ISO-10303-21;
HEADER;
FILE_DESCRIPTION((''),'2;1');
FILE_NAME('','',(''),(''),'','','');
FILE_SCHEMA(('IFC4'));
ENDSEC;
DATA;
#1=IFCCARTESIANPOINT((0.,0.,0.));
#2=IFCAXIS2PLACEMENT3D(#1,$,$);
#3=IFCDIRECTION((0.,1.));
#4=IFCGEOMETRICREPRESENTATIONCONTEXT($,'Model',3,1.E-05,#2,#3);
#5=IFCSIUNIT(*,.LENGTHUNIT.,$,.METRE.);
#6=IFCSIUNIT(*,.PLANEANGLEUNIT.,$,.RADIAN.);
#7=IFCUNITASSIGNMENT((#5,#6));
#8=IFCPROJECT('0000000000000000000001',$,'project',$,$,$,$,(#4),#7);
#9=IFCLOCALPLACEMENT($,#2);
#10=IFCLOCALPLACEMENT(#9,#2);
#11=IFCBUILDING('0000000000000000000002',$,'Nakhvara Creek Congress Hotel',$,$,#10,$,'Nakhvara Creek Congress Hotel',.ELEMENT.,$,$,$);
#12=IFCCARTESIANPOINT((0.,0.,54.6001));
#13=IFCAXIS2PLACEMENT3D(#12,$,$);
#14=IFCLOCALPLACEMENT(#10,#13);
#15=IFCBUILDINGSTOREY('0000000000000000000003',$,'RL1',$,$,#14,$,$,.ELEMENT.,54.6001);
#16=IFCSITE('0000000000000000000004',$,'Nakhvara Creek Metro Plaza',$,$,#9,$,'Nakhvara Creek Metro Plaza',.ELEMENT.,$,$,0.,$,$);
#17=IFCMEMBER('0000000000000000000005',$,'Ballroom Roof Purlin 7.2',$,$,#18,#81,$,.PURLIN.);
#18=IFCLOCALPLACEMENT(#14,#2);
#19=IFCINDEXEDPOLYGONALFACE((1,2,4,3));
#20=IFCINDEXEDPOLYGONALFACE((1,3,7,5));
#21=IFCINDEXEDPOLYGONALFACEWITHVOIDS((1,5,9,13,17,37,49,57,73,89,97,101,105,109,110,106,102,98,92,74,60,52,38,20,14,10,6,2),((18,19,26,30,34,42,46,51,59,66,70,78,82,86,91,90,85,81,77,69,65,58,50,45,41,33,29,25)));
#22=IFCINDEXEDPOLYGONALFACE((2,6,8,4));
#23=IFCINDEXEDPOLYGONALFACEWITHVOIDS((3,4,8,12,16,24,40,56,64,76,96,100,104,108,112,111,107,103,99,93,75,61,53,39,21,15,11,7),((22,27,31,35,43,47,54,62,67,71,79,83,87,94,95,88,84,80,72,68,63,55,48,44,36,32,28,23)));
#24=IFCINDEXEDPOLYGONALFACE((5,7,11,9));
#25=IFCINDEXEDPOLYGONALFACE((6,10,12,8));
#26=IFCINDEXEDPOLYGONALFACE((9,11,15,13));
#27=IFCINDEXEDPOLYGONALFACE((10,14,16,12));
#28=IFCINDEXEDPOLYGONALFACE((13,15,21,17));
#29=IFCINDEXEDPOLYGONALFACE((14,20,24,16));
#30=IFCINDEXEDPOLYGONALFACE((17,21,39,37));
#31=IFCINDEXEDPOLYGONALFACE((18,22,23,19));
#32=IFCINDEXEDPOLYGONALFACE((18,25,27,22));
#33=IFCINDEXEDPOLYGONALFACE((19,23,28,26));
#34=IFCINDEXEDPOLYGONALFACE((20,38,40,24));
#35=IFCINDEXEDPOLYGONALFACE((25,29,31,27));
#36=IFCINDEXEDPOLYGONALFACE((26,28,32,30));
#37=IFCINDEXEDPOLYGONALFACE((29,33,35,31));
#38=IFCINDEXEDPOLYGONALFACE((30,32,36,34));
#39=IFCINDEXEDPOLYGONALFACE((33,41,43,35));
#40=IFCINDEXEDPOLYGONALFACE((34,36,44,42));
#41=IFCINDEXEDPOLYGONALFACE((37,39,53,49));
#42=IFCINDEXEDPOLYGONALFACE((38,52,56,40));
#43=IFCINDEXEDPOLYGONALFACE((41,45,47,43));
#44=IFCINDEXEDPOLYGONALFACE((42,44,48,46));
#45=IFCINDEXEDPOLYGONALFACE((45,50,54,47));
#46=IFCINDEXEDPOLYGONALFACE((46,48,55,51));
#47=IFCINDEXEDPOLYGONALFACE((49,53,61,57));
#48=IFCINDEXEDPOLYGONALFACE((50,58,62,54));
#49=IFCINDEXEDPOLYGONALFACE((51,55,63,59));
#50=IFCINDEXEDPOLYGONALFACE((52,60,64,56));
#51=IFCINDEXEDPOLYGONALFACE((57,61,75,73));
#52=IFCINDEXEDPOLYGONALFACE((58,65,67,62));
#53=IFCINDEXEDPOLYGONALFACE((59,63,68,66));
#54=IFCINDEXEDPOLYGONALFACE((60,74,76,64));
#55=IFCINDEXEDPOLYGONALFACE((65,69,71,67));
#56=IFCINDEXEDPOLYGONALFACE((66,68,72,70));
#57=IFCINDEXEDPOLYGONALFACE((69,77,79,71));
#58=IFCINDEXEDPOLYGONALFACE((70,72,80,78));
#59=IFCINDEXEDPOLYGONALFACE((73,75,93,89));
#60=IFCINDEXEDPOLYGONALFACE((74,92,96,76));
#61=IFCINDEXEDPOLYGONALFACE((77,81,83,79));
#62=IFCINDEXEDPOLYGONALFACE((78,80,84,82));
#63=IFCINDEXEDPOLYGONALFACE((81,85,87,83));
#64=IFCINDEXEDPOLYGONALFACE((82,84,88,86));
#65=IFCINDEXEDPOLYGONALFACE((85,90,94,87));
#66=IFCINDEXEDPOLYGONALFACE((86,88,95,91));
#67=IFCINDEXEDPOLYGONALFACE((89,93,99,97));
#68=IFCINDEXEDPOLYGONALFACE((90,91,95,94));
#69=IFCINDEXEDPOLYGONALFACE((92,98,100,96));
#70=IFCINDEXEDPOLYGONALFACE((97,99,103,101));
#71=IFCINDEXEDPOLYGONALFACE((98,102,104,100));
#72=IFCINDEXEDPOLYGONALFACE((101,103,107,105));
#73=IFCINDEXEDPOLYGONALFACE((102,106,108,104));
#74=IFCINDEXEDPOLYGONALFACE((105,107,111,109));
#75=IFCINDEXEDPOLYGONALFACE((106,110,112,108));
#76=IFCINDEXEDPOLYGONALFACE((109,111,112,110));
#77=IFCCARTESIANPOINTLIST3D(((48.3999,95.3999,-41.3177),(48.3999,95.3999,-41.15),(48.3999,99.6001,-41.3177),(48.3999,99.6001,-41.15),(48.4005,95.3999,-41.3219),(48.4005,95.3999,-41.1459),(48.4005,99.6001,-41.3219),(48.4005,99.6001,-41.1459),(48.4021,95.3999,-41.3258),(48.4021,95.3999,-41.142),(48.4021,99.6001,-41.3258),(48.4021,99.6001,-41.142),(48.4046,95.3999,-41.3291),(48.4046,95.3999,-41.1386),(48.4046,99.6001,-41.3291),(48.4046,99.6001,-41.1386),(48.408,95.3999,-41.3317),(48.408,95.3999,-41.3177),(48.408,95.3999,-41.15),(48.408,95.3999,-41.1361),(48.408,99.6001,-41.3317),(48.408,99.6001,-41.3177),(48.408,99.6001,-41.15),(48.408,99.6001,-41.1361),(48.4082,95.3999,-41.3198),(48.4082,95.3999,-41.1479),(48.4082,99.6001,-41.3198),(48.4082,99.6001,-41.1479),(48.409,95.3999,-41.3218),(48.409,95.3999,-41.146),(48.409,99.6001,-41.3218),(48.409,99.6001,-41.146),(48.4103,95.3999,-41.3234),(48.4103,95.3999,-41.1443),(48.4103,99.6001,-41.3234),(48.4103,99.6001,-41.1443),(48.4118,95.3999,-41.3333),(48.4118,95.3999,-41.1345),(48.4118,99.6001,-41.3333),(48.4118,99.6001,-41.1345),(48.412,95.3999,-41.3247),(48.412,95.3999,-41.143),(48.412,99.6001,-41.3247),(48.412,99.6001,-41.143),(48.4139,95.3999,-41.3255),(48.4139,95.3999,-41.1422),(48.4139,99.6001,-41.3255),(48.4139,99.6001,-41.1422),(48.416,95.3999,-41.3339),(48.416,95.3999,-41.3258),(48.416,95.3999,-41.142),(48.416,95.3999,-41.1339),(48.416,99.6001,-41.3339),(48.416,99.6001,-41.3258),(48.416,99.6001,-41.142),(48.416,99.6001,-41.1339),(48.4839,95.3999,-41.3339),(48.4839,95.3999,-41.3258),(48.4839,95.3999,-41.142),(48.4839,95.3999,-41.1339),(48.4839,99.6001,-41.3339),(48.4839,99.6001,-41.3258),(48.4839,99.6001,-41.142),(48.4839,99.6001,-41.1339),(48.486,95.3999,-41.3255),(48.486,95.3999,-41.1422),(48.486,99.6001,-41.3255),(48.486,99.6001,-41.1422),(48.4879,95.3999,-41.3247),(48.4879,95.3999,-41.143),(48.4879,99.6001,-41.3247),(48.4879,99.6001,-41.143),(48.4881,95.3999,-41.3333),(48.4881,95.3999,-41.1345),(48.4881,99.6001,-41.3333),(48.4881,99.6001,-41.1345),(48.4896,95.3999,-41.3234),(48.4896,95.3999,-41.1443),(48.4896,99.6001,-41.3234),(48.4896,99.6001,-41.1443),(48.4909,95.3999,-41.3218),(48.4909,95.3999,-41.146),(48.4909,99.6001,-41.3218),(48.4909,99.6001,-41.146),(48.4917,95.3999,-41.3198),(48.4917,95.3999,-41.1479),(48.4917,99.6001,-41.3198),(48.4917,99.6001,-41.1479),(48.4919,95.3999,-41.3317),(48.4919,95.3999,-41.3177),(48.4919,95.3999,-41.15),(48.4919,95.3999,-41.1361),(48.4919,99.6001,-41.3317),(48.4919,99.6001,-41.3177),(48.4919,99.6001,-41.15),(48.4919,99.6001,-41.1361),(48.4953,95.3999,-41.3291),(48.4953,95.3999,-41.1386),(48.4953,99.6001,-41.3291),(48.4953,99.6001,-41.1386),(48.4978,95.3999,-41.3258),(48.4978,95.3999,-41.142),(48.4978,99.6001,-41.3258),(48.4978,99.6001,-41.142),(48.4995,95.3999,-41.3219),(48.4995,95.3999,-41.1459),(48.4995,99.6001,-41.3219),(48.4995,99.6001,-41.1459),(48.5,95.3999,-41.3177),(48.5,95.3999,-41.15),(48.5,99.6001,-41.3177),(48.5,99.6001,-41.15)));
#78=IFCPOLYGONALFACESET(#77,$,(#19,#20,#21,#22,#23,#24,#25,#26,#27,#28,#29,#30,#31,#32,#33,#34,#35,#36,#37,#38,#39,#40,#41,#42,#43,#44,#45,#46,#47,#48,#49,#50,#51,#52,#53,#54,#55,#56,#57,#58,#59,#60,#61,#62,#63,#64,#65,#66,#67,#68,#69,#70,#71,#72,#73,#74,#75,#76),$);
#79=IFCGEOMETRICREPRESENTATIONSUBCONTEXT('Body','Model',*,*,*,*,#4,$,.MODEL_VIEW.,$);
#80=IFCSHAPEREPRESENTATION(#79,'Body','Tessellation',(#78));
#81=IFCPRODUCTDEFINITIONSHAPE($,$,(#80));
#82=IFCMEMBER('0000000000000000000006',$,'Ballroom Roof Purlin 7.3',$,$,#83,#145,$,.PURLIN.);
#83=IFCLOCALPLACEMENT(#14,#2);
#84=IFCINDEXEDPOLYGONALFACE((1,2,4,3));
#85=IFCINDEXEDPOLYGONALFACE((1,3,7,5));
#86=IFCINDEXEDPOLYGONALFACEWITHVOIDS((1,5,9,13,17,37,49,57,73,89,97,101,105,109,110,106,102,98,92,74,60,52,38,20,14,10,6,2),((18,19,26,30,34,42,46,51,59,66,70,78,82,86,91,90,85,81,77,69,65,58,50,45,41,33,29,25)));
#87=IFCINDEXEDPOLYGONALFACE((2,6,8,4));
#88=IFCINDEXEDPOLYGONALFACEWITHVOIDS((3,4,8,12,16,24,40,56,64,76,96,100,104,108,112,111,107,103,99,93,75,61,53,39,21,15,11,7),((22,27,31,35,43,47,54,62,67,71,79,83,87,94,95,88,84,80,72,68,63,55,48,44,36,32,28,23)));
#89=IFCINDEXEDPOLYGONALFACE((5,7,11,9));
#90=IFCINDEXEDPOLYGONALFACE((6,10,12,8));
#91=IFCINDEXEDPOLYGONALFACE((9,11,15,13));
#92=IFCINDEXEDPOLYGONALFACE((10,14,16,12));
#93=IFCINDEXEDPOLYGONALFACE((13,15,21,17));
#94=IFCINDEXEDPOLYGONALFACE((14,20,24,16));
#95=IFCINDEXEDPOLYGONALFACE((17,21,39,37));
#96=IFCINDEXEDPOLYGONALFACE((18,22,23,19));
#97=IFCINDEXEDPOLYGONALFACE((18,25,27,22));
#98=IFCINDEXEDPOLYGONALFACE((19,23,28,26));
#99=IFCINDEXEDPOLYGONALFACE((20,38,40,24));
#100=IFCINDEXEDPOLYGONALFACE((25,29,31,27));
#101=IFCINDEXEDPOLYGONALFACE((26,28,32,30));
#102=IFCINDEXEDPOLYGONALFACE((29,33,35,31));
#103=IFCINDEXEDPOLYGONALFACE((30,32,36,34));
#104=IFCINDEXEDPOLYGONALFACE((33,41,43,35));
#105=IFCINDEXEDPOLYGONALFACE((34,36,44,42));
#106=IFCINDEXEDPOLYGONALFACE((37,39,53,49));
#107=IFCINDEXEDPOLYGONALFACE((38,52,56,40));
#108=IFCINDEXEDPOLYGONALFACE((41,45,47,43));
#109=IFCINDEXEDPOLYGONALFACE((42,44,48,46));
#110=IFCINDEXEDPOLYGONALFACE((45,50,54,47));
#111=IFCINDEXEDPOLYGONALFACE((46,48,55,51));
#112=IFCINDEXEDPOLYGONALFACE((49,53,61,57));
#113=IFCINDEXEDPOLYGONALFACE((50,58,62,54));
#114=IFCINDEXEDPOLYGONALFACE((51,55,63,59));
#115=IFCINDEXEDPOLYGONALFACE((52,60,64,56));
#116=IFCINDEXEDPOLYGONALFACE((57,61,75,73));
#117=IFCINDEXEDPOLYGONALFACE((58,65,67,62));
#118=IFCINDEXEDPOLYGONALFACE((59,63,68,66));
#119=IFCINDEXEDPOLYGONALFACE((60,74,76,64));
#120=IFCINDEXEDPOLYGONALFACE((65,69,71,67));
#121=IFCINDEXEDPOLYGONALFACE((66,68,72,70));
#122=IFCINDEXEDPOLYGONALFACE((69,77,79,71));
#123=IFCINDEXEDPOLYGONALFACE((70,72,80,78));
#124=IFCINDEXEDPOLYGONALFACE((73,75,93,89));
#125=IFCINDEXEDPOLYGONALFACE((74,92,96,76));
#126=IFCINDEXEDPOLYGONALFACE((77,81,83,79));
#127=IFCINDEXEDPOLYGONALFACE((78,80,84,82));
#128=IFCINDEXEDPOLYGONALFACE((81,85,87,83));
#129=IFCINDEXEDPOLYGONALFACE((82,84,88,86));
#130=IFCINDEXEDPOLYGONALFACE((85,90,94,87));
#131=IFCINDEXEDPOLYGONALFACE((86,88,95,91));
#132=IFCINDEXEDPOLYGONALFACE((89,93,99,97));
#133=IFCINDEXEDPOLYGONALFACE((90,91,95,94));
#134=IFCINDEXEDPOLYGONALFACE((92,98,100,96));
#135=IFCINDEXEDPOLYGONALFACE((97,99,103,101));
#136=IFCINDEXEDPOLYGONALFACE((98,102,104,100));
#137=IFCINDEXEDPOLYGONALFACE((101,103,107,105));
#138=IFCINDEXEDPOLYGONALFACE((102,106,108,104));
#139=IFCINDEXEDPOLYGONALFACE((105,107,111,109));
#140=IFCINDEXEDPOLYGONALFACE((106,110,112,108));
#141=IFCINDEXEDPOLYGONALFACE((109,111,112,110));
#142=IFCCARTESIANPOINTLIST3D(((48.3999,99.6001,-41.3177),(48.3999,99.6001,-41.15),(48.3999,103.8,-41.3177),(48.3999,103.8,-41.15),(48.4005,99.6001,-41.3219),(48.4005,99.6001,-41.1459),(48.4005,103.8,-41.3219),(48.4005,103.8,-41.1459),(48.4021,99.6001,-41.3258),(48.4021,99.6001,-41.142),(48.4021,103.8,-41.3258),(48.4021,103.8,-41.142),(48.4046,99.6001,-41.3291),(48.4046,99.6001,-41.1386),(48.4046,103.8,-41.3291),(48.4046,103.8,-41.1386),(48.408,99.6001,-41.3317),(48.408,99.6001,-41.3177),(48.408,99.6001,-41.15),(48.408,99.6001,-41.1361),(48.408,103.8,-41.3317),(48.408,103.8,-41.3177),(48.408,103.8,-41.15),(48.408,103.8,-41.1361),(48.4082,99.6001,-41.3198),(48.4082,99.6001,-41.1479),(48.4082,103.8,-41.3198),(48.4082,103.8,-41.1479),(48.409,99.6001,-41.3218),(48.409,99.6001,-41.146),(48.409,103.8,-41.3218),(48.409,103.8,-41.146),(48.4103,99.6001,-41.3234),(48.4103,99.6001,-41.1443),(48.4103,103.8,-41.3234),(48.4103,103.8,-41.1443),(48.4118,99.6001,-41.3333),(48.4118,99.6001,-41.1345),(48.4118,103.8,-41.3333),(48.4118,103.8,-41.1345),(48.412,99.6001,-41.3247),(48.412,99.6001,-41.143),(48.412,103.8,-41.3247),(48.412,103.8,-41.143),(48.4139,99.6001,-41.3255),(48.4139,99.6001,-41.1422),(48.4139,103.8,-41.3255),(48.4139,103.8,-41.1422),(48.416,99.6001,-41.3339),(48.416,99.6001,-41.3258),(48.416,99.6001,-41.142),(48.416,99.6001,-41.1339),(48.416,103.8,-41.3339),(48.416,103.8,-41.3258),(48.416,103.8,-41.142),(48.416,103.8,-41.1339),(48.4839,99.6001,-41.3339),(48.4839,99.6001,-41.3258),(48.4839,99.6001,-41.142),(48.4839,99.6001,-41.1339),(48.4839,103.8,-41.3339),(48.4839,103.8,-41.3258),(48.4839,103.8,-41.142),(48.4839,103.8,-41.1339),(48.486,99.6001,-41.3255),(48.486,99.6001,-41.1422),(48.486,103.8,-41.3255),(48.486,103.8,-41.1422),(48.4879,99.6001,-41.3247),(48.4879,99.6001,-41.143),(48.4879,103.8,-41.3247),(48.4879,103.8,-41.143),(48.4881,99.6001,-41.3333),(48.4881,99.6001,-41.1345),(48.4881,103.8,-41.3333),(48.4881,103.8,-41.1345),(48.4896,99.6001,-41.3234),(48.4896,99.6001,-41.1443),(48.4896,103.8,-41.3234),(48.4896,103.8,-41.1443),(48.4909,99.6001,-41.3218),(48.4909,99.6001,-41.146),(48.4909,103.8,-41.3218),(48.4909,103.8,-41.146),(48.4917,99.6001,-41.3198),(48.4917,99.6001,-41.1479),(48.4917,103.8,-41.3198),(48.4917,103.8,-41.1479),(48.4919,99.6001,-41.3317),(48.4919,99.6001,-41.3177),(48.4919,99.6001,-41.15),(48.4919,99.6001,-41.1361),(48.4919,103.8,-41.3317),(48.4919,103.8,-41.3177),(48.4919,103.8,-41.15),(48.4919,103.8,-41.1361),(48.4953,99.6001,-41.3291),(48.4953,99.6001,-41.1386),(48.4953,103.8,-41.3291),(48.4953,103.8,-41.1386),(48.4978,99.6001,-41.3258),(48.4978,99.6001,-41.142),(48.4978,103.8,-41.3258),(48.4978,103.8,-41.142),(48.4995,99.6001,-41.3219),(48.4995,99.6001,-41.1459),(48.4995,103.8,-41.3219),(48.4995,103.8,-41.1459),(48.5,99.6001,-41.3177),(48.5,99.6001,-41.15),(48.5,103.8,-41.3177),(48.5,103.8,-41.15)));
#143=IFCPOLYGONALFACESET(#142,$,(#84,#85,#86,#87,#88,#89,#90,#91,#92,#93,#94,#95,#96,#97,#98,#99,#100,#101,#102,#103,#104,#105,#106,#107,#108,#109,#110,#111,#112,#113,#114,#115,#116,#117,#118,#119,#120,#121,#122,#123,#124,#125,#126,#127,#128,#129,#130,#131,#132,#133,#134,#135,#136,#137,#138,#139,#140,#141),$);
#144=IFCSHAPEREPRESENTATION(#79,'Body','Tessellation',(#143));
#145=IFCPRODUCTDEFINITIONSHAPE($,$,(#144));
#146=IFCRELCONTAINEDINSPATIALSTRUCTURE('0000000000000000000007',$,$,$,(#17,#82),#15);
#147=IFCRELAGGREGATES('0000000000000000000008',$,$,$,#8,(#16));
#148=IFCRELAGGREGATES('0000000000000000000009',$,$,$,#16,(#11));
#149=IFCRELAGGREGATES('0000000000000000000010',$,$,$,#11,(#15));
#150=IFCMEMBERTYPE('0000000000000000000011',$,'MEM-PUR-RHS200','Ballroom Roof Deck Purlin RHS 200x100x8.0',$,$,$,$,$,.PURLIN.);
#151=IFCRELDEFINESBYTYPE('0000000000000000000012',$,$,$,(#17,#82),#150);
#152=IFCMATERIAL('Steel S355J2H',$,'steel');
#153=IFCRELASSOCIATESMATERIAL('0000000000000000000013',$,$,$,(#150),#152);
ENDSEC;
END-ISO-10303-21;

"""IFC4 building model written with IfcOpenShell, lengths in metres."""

from ifc_helpers import new_model, si_unit, direction, frame, origin, origin_2d, place, context, subcontext, project, spatial, hollow_rectangle, extrude, material, material_profile, profile_set, type_object, element, save


model = new_model("IFC4")

# Units and contexts
model_context = context("Model", 3, precision=1e-05, world=origin(), true_north=direction((0.0, 1.0)))
body_context = subcontext(model_context, "Body", "Model", "MODEL_VIEW")
ifc_project = project(units=[si_unit("LENGTHUNIT", "METRE"), si_unit("PLANEANGLEUNIT", "RADIAN")], contexts=[model_context])

# Site, building, storey
site_placement = place(None, origin())
site = spatial("IfcSite", under=ifc_project, at=site_placement, Name="Nakhvara Creek Metro Plaza", LongName="Nakhvara Creek Metro Plaza", CompositionType="ELEMENT", RefElevation=0.0)
building_placement = place(site_placement, origin())
building = spatial("IfcBuilding", under=site, at=building_placement, Name="Nakhvara Creek Congress Hotel", LongName="Nakhvara Creek Congress Hotel", CompositionType="ELEMENT")
storey_placement = place(building_placement, frame((0.0, 0.0, 54.6001)))
storey = spatial("IfcBuildingStorey", under=building, at=storey_placement, Name="RL1", CompositionType="ELEMENT", Elevation=54.6001)

# Members
ifc_material_1 = material(Name="Steel S355J2H", Category="steel")
ifc_material_profile_1 = material_profile(ifc_material_1, hollow_rectangle(XDim=0.1001, YDim=0.2, WallThickness=0.0081, InnerFilletRadius=0.0081, OuterFilletRadius=0.0161, at=origin_2d()), Name="RHS 200x100x8.0", Category="LoadBearing")
ifc_profile_set_1 = profile_set([ifc_material_profile_1], Name="Steel S355J2H")
member_type_1 = type_object("IfcMemberType", Name="MEM-PUR-RHS200", Description="Ballroom Roof Deck Purlin RHS 200x100x8.0", PredefinedType="PURLIN", material=ifc_profile_set_1)
member_1_placement = place(storey_placement, frame((48.45, 95.3999, -41.2339), z_axis=(0.0, 1.0, 0.0), x_axis=(-1.0, 0.0, 0.0)))
element("IfcMember", 1, at=member_1_placement, inside=storey, type_object=member_type_1, Name="Ballroom Roof Purlin 7.2", PredefinedType="PURLIN", context=body_context, shape_type="SweptSolid", body=[
    extrude(hollow_rectangle(XDim=0.1001, YDim=0.2, WallThickness=0.0081, InnerFilletRadius=0.0081, OuterFilletRadius=0.0161, at=origin_2d()), origin(), (0.0, 0.0, 1.0), 4.2002),
])
for number, where, z_axis, x_axis, name in (
    (2, (48.45, 99.6001, -41.2339), (0.0, 1.0, 0.0), (-1.0, 0.0, 0.0), "Ballroom Roof Purlin 7.3"),
):
    element("IfcMember", number, at=place(storey_placement, frame(where, z_axis=z_axis, x_axis=x_axis)), inside=storey, type_object=member_type_1, Name=name, PredefinedType="PURLIN", context=body_context, shape_type="SweptSolid", body=[
        extrude(hollow_rectangle(XDim=0.1001, YDim=0.2, WallThickness=0.0081, InnerFilletRadius=0.0081, OuterFilletRadius=0.0161, at=origin_2d()), origin(), (0.0, 0.0, 1.0), 4.2),
    ])

save(model, "model.ifc")
